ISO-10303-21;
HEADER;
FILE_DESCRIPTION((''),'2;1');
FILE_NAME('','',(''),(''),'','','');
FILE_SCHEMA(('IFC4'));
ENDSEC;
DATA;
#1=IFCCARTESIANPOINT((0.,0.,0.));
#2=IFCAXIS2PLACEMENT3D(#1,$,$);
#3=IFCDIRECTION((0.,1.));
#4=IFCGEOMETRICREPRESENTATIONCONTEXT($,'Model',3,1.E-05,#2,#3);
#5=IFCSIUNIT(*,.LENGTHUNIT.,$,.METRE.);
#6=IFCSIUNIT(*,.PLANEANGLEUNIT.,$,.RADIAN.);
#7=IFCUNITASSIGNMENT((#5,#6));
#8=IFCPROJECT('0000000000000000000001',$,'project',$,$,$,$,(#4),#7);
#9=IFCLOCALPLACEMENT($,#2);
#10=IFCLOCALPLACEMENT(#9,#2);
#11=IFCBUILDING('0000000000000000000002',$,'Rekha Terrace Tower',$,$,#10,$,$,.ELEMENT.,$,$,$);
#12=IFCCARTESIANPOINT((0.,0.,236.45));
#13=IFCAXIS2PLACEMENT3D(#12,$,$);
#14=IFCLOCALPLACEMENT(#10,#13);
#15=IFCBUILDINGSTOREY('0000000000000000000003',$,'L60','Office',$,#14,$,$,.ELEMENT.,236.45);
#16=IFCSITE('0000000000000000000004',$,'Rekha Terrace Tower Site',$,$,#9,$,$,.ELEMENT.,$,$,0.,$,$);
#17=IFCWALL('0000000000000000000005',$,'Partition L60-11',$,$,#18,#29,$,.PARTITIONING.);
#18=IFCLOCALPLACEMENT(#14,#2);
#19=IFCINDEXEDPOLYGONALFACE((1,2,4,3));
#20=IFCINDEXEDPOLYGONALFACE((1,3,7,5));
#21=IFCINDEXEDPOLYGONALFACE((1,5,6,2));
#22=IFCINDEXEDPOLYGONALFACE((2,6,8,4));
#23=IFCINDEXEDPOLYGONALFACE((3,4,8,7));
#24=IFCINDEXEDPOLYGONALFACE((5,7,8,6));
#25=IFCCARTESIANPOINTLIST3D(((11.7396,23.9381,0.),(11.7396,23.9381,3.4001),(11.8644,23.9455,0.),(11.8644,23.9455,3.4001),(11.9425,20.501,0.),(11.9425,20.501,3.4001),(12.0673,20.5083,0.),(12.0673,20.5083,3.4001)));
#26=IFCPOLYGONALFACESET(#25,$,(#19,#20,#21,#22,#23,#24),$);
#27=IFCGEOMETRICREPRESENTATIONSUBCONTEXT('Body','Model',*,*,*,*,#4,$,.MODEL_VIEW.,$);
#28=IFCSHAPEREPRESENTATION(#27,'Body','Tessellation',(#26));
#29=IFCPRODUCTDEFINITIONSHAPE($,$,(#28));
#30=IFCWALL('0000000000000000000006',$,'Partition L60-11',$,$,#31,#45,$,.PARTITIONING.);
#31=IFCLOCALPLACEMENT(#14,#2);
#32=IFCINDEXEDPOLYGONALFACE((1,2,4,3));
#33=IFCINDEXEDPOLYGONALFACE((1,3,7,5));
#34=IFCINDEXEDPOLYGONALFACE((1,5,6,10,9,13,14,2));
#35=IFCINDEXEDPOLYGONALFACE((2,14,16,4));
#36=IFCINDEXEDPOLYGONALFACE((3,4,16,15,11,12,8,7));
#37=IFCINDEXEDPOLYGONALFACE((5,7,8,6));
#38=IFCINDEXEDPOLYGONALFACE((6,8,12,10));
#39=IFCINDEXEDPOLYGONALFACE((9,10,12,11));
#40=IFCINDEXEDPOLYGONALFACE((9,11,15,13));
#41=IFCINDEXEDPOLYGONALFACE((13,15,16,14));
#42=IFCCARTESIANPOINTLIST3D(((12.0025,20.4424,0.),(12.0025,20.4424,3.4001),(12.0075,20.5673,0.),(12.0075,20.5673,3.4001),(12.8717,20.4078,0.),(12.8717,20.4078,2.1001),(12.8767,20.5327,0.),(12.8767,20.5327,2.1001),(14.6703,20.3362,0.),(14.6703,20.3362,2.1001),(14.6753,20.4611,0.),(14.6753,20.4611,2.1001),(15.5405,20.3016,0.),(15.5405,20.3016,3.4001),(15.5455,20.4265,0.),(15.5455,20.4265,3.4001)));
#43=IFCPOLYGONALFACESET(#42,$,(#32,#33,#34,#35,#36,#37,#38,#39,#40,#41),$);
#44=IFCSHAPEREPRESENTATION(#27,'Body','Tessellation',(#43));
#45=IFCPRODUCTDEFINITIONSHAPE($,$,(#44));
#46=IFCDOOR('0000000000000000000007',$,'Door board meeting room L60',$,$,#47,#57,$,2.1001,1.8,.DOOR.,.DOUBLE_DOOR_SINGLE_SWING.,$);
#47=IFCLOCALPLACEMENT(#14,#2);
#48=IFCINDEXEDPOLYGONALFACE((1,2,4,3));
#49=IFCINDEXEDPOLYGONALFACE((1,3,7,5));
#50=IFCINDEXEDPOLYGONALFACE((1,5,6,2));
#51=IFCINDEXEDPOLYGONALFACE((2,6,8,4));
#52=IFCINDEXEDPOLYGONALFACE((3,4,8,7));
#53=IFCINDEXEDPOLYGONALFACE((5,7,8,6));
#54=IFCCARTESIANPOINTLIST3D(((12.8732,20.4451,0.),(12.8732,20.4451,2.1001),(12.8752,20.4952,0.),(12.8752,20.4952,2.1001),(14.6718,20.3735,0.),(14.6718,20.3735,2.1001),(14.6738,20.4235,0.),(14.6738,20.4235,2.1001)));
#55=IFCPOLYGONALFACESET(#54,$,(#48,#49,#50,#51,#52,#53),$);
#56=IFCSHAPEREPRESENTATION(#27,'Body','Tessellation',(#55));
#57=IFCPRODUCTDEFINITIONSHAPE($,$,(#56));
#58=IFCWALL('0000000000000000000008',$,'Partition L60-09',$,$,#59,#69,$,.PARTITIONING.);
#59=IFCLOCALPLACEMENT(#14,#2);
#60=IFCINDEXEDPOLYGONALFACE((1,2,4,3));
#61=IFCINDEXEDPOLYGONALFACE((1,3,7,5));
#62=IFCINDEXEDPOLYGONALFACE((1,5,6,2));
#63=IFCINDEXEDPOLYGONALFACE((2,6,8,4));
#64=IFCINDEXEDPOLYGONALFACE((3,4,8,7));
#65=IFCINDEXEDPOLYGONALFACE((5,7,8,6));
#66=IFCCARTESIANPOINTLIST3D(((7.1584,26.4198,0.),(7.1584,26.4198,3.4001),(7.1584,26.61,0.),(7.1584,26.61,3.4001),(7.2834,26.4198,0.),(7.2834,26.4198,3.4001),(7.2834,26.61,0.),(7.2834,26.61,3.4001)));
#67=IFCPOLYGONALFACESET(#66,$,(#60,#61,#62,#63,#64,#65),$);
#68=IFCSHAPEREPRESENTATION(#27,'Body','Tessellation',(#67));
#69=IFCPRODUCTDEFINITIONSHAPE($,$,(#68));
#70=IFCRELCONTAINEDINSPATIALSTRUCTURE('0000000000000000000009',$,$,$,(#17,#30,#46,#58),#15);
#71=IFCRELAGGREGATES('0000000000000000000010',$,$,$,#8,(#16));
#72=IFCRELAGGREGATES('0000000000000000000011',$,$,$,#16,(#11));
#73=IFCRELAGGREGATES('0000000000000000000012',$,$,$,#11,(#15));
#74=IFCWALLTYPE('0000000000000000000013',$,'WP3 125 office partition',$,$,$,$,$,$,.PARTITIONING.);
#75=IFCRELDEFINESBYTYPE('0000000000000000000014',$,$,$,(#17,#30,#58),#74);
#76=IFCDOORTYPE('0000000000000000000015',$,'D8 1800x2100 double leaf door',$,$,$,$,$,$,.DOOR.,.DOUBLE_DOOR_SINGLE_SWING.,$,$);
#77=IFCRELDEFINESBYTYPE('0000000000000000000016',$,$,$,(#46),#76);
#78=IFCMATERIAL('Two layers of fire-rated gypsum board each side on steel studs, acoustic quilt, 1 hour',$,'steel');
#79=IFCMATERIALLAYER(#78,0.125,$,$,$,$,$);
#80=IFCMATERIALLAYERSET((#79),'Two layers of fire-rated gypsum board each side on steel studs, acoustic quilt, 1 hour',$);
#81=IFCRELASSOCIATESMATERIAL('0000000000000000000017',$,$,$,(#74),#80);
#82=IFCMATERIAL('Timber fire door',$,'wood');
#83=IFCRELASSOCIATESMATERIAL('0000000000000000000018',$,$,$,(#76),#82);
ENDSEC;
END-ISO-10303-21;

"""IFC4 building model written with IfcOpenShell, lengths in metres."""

from ifc_helpers import new_model, si_unit, direction, frame, frame_2d, origin, place, context, subcontext, project, spatial, rectangle, extrude, material, layer, layer_set, type_object, element, fill, save


model = new_model("IFC4")

# Units and contexts
model_context = context("Model", 3, precision=1e-05, world=origin(), true_north=direction((0.0, 1.0)))
body_context = subcontext(model_context, "Body", "Model", "MODEL_VIEW")
ifc_project = project(units=[si_unit("LENGTHUNIT", "METRE"), si_unit("PLANEANGLEUNIT", "RADIAN")], contexts=[model_context])

# Site, building, storey
site_placement = place(None, origin())
site = spatial("IfcSite", under=ifc_project, at=site_placement, Name="Rekha Terrace Tower Site", CompositionType="ELEMENT", RefElevation=0.0)
building_placement = place(site_placement, origin())
building = spatial("IfcBuilding", under=site, at=building_placement, Name="Rekha Terrace Tower", CompositionType="ELEMENT")
storey_placement = place(building_placement, frame((0.0, 0.0, 236.45)))
storey = spatial("IfcBuildingStorey", under=building, at=storey_placement, Name="L60", Description="Office", CompositionType="ELEMENT", Elevation=236.45)

# Shared definitions
ifc_material_1 = material(Name="Two layers of fire-rated gypsum board each side on steel studs, acoustic quilt, 1 hour", Category="steel")
ifc_layer_1 = layer(ifc_material_1, 0.125)
ifc_layer_set_1 = layer_set([ifc_layer_1], Name="Two layers of fire-rated gypsum board each side on steel studs, acoustic quilt, 1 hour")
wall_type = type_object("IfcWallType", Name="WP3 125 office partition", PredefinedType="PARTITIONING", material=ifc_layer_set_1)
ifc_material_2 = material(Name="Timber fire door", Category="wood")

# Wall
wall_1_placement = place(storey_placement, frame((11.802, 23.9419, 0.0), z_axis=(0.0, 0.0, 1.0), x_axis=(0.058926, -0.998262, 0.0)))
element("IfcWall", 1, at=wall_1_placement, inside=storey, type_object=wall_type, Name="Partition L60-11", PredefinedType="PARTITIONING", context=body_context, shape_type="SweptSolid", body=[
    extrude(rectangle(XDim=3.4431, YDim=0.125, at=frame_2d((1.7217, 0.0))), origin(), (0.0, 0.0, 1.0), 3.4001),
])

# Wall, opening, door
wall_2_placement = place(storey_placement, frame((12.0049, 20.5049, 0.0), z_axis=(0.0, 0.0, 1.0), x_axis=(0.999208, -0.039784, 0.0)))
wall_2 = element("IfcWall", 2, at=wall_2_placement, inside=storey, type_object=wall_type, Name="Partition L60-11", PredefinedType="PARTITIONING", context=body_context, shape_type="SweptSolid", body=[
    extrude(rectangle(XDim=3.5408, YDim=0.125, at=frame_2d((1.7705, 0.0))), origin(), (0.0, 0.0, 1.0), 3.4001),
])
opening_1_placement = place(wall_2_placement, frame((0.8701, 0.0, 0.0)))
opening_1 = element("IfcOpeningElement", 3, at=opening_1_placement, cuts=wall_2, PredefinedType="OPENING", context=body_context, shape_type="SweptSolid", body=[
    extrude(rectangle(XDim=1.8, YDim=2.1001, at=frame_2d((0.8999, 1.05))), frame((0.0, 0.0725, 0.0), z_axis=(0.0, -1.0, 0.0), x_axis=(1.0, 0.0, 0.0)), (0.0, 0.0, 1.0), 0.145),
])
door_type_1 = type_object("IfcDoorType", Name="D8 1800x2100 double leaf door", OperationType="DOUBLE_DOOR_SINGLE_SWING", PredefinedType="DOOR", material=ifc_material_2)
door_1_placement = place(opening_1_placement, origin())
door_1 = element("IfcDoor", 4, at=door_1_placement, inside=storey, type_object=door_type_1, Name="Door board meeting room L60", OperationType="DOUBLE_DOOR_SINGLE_SWING", OverallHeight=2.1001, OverallWidth=1.8, PredefinedType="DOOR", context=body_context, shape_type="SweptSolid", body=[
    extrude(rectangle(XDim=1.8, YDim=2.1001, at=frame_2d((0.8999, 1.05))), frame((0.0, 0.0249, 0.0), z_axis=(0.0, -1.0, 0.0), x_axis=(1.0, 0.0, 0.0)), (0.0, 0.0, 1.0), 0.05),
])
fill(opening_1, door_1)

# Wall
wall_3_placement = place(storey_placement, frame((7.2209, 26.6101, 0.0), z_axis=(0.0, 0.0, 1.0), x_axis=(0.0, -1.0, 0.0)))
element("IfcWall", 5, at=wall_3_placement, inside=storey, type_object=wall_type, Name="Partition L60-09", PredefinedType="PARTITIONING", context=body_context, shape_type="SweptSolid", body=[
    extrude(rectangle(XDim=0.1902, YDim=0.125, at=frame_2d((0.0952, 0.0))), origin(), (0.0, 0.0, 1.0), 3.4001),
])

save(model, "model.ifc")
